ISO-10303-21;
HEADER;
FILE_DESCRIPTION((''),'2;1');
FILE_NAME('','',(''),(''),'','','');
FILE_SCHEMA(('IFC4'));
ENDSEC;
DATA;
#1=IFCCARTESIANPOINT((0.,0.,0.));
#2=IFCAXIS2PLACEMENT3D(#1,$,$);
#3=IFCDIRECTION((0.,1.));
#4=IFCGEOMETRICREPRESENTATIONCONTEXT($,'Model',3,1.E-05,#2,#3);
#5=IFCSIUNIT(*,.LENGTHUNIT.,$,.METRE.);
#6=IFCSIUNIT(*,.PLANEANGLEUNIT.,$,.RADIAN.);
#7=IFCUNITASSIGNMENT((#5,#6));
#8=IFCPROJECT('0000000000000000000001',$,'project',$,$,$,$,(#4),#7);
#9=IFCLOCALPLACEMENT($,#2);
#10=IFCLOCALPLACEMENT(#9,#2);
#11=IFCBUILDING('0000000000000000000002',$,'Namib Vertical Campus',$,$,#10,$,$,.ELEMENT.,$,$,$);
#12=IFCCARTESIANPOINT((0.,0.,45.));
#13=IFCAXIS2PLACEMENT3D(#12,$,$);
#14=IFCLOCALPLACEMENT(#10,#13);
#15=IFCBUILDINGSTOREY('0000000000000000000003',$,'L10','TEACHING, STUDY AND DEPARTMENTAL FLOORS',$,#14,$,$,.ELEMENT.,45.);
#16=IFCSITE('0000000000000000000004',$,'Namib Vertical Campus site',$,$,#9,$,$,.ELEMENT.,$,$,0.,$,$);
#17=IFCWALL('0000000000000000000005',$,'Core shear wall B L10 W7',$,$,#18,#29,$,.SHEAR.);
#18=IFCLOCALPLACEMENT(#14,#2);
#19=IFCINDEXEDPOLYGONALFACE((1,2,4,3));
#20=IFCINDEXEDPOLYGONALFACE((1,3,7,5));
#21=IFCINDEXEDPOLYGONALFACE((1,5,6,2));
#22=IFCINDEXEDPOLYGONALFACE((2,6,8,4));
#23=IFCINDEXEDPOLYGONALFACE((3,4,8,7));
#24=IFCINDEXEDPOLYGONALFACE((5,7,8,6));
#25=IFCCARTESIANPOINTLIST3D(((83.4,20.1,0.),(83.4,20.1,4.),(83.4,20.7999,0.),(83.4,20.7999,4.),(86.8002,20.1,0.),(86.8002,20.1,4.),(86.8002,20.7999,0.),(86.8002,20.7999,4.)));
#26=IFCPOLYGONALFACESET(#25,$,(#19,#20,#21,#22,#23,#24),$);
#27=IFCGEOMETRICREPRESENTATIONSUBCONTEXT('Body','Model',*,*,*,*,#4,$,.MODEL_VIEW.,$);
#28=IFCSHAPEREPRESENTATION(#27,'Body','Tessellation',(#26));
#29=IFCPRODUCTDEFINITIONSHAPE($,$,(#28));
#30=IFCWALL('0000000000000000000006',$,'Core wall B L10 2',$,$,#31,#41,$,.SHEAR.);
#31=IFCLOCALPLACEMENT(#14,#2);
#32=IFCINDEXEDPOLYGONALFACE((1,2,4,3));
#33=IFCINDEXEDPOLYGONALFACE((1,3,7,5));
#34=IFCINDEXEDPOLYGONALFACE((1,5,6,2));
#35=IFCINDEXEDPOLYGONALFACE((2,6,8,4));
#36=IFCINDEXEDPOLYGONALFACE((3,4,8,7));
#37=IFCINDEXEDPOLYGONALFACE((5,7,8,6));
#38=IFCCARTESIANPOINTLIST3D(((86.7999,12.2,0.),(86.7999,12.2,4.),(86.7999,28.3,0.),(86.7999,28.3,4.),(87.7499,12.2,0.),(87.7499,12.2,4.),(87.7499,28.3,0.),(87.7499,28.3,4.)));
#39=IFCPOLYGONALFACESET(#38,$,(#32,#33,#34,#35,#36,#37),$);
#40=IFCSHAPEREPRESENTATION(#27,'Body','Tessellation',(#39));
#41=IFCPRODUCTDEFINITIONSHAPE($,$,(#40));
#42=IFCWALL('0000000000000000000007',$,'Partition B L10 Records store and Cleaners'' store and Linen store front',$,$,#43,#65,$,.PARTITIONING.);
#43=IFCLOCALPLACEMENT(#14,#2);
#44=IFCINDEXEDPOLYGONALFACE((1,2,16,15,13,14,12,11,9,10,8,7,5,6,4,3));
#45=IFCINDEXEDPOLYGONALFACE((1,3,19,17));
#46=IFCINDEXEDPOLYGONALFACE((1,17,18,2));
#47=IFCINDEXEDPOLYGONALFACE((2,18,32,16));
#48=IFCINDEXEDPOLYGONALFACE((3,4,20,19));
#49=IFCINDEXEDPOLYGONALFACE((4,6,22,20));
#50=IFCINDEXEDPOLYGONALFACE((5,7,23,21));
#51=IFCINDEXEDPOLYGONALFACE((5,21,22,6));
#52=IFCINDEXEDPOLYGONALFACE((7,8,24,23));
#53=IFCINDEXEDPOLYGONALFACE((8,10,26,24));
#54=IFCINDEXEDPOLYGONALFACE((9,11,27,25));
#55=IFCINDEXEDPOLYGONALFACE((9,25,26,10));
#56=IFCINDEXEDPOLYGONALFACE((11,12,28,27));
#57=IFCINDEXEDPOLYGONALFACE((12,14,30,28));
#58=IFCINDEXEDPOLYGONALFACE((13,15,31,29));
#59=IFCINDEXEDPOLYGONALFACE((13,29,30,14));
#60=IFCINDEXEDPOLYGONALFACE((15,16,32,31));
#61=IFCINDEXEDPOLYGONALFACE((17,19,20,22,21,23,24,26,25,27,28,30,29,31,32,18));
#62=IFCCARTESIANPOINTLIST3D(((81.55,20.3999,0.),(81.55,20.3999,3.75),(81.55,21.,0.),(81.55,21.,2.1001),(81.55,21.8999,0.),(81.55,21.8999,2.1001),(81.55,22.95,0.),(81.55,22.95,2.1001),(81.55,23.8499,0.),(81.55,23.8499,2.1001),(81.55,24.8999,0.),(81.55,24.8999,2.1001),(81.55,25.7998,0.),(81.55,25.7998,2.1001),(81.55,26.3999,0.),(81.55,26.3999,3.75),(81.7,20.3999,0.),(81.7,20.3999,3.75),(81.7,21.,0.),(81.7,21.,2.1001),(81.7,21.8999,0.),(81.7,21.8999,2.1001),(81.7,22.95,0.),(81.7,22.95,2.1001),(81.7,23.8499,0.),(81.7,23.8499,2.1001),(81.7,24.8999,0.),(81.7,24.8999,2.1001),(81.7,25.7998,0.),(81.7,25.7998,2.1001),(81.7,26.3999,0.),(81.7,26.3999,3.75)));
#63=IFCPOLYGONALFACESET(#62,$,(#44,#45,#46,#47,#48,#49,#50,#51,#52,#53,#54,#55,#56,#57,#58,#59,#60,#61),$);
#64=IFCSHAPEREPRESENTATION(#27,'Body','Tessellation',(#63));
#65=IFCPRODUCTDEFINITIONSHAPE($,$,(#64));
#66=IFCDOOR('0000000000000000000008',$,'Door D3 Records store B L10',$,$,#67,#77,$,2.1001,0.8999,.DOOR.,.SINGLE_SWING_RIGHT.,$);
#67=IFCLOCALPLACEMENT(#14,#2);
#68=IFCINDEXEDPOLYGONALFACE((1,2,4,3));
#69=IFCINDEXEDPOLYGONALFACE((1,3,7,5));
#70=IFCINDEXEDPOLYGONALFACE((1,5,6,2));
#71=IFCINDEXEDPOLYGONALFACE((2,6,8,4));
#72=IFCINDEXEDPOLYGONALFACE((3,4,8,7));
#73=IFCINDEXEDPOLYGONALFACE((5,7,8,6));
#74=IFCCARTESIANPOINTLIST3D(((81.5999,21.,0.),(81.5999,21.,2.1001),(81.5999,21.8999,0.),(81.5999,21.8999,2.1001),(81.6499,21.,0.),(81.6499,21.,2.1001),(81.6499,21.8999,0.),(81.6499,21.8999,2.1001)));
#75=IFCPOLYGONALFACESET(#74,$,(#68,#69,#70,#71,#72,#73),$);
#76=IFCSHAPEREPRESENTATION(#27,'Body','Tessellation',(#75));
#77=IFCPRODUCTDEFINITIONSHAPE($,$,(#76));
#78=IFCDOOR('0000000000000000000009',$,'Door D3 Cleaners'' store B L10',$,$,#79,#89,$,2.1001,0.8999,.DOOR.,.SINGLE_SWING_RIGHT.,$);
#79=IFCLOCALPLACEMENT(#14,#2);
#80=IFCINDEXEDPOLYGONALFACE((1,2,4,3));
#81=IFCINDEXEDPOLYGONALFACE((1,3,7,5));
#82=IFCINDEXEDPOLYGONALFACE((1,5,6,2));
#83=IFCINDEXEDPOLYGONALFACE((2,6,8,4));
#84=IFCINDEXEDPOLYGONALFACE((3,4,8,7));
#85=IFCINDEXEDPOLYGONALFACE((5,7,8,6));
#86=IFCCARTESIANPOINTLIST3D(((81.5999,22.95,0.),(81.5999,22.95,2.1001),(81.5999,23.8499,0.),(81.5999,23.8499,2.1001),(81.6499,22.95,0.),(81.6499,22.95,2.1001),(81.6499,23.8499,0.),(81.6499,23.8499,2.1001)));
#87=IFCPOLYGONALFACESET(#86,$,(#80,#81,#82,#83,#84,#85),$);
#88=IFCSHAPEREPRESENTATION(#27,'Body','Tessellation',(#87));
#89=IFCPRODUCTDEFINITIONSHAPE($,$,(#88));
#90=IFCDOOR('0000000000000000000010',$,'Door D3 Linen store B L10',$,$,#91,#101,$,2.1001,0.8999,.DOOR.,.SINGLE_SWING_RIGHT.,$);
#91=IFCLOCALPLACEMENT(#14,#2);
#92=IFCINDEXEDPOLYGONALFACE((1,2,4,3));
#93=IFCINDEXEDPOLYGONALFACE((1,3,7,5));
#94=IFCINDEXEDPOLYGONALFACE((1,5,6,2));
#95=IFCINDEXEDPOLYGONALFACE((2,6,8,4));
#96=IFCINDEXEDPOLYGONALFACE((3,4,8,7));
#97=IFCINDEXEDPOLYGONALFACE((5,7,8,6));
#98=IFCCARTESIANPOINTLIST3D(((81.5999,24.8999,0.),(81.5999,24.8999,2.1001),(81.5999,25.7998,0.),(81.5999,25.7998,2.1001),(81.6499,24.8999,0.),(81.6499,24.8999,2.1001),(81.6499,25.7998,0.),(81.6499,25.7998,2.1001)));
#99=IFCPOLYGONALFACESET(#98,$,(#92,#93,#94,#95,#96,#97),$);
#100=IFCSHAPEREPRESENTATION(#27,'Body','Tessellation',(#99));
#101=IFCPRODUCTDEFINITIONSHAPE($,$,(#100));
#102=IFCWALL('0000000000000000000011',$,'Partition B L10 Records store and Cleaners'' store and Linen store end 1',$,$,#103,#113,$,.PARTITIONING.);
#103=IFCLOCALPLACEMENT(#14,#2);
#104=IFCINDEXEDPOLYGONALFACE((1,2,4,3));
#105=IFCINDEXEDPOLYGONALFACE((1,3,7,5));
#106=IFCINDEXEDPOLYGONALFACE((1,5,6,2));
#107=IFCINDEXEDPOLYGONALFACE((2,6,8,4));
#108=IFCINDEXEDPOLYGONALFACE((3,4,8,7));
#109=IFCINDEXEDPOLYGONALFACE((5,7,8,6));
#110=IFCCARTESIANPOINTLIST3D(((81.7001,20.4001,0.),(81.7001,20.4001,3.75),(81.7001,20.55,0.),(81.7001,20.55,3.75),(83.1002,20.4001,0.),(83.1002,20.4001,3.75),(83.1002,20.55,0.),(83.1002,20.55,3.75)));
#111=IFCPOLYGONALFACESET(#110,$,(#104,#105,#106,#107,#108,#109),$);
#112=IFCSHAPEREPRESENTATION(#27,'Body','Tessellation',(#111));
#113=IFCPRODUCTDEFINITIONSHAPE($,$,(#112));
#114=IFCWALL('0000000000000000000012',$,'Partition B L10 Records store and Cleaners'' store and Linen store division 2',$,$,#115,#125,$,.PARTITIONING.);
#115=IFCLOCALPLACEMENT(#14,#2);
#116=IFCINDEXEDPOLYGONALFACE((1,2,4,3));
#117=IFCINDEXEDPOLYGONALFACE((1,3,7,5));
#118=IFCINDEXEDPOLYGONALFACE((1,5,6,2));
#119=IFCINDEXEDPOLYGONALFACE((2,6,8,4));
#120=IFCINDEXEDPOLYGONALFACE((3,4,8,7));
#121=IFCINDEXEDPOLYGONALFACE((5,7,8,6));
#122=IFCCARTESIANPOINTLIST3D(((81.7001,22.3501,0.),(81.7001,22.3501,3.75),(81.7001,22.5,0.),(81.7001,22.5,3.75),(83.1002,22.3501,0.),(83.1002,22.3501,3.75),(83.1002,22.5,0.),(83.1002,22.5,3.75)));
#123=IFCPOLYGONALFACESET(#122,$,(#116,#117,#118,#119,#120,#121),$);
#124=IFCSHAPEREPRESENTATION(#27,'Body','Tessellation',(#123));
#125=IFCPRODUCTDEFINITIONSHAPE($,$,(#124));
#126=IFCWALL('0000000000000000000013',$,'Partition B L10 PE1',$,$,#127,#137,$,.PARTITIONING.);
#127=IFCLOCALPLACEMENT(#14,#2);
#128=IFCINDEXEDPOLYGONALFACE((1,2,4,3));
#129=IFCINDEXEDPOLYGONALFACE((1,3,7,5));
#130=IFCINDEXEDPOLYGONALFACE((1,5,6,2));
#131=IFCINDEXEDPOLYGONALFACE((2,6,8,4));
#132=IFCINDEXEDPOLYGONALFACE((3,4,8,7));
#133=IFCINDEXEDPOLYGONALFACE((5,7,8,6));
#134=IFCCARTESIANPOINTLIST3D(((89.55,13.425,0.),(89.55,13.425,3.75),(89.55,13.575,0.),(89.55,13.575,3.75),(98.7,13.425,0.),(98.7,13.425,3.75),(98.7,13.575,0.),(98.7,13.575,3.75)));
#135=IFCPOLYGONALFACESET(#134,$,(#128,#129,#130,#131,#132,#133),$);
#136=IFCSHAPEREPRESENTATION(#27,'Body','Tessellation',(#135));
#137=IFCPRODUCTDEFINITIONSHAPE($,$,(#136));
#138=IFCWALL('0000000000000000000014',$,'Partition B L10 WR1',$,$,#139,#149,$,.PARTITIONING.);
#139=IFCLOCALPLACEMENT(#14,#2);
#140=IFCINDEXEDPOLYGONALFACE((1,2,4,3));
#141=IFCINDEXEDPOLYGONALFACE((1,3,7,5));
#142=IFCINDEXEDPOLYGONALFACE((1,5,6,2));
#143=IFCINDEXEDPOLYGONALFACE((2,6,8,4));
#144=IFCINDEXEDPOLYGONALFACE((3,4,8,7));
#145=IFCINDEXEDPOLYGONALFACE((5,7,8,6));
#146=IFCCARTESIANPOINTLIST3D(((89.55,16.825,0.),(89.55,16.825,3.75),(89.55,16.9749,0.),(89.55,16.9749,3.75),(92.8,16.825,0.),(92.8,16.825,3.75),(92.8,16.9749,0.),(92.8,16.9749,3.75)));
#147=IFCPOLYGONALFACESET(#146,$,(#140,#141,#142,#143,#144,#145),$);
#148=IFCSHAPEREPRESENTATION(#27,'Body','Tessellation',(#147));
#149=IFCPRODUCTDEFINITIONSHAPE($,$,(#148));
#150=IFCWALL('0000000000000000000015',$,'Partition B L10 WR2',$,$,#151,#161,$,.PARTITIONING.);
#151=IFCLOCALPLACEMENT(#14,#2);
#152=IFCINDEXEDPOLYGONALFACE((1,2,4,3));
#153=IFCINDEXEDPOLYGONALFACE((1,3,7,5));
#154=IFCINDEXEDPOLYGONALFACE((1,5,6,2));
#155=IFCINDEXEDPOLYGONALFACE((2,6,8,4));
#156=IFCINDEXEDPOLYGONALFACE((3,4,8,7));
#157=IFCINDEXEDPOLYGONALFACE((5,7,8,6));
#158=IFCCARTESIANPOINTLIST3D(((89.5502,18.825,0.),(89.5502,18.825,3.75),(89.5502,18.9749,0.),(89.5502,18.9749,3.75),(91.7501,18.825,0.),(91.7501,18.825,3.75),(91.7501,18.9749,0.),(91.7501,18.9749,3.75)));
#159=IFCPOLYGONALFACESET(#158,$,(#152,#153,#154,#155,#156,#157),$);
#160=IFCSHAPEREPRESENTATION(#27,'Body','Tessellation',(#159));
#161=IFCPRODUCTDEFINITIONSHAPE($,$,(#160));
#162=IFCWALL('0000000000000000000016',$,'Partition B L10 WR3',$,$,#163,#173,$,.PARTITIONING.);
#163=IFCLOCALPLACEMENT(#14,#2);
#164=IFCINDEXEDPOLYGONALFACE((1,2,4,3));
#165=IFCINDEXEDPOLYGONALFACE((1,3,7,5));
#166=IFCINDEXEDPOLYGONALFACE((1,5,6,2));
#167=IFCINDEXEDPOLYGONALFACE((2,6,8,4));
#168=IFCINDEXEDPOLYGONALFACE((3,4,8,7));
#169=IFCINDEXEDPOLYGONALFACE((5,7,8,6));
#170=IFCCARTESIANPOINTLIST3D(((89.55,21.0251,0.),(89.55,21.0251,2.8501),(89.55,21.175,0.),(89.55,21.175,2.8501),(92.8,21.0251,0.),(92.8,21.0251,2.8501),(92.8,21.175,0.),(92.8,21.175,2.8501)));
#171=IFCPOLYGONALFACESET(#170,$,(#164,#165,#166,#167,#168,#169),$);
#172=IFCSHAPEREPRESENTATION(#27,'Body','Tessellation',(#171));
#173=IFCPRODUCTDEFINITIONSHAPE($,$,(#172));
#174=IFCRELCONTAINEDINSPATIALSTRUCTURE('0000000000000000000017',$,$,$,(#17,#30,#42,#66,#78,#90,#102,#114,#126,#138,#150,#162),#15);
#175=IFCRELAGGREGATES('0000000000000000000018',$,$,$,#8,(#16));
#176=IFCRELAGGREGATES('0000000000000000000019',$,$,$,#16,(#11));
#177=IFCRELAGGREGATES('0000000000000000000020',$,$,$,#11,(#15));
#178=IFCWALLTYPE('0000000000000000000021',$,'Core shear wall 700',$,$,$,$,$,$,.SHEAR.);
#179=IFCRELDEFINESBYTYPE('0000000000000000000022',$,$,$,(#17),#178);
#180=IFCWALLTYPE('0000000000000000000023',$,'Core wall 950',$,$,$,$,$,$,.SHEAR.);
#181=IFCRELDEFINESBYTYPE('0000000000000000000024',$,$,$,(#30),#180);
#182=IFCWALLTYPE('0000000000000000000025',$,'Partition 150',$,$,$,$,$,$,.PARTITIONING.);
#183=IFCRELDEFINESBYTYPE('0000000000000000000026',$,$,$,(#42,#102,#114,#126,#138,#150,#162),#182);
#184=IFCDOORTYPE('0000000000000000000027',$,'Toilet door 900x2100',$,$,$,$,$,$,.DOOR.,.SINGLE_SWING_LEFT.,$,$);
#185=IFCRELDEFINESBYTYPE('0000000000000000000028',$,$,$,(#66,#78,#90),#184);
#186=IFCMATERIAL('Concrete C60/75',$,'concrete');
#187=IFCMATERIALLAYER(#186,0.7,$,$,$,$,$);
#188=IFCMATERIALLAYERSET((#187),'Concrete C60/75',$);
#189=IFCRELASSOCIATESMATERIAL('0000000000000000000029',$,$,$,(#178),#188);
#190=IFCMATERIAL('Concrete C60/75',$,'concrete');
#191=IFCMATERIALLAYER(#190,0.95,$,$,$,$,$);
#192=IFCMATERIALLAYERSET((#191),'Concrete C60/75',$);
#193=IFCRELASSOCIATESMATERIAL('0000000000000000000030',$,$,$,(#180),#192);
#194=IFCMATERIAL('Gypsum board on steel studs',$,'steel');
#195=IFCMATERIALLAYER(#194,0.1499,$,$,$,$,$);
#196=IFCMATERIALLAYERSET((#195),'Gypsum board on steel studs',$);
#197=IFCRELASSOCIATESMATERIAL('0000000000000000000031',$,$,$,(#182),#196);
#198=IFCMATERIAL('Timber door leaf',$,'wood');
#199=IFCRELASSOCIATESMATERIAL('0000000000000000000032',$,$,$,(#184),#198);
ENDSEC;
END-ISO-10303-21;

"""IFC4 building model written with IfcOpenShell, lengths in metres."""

from ifc_helpers import new_model, si_unit, direction, frame, frame_2d, origin, place, context, subcontext, project, spatial, rectangle, extrude, material, layer, layer_set, type_object, element, fill, save


model = new_model("IFC4")

# Units and contexts
model_context = context("Model", 3, precision=1e-05, world=origin(), true_north=direction((0.0, 1.0)))
body_context = subcontext(model_context, "Body", "Model", "MODEL_VIEW")
ifc_project = project(units=[si_unit("LENGTHUNIT", "METRE"), si_unit("PLANEANGLEUNIT", "RADIAN")], contexts=[model_context])

# Site, building, storey
site_placement = place(None, origin())
site = spatial("IfcSite", under=ifc_project, at=site_placement, Name="Namib Vertical Campus site", CompositionType="ELEMENT", RefElevation=0.0)
building_placement = place(site_placement, origin())
building = spatial("IfcBuilding", under=site, at=building_placement, Name="Namib Vertical Campus", CompositionType="ELEMENT")
storey_placement = place(building_placement, frame((0.0, 0.0, 45.0)))
storey = spatial("IfcBuildingStorey", under=building, at=storey_placement, Name="L10", Description="TEACHING, STUDY AND DEPARTMENTAL FLOORS", CompositionType="ELEMENT", Elevation=45.0)

# Walls
ifc_material_1 = material(Name="Concrete C60/75", Category="concrete")
ifc_layer_1 = layer(ifc_material_1, 0.7)
ifc_layer_set_1 = layer_set([ifc_layer_1], Name="Concrete C60/75")
wall_type_1 = type_object("IfcWallType", Name="Core shear wall 700", PredefinedType="SHEAR", material=ifc_layer_set_1)
wall_1_placement = place(storey_placement, frame((83.3999, 20.45, 0.0), z_axis=(0.0, 0.0, 1.0), x_axis=(1.0, 0.0, 0.0)))
element("IfcWall", 1, at=wall_1_placement, inside=storey, type_object=wall_type_1, Name="Core shear wall B L10 W7", PredefinedType="SHEAR", context=body_context, shape_type="SweptSolid", body=[
    extrude(rectangle(XDim=3.4001, YDim=0.7, at=frame_2d((1.7002, 0.0))), origin(), (0.0, 0.0, 1.0), 4.0),
])
ifc_material_2 = material(Name="Concrete C60/75", Category="concrete")
ifc_layer_2 = layer(ifc_material_2, 0.95)
ifc_layer_set_2 = layer_set([ifc_layer_2], Name="Concrete C60/75")
wall_type_2 = type_object("IfcWallType", Name="Core wall 950", PredefinedType="SHEAR", material=ifc_layer_set_2)
wall_2_placement = place(storey_placement, frame((87.2749, 12.2, 0.0), z_axis=(0.0, 0.0, 1.0), x_axis=(0.0, 1.0, 0.0)))
element("IfcWall", 2, at=wall_2_placement, inside=storey, type_object=wall_type_2, Name="Core wall B L10 2", PredefinedType="SHEAR", context=body_context, shape_type="SweptSolid", body=[
    extrude(rectangle(XDim=16.1001, YDim=0.95, at=frame_2d((8.05, 0.0))), origin(), (0.0, 0.0, 1.0), 4.0),
])

# Wall, openings, doors
ifc_material_3 = material(Name="Gypsum board on steel studs", Category="steel")
ifc_layer_3 = layer(ifc_material_3, 0.1499)
ifc_layer_set_3 = layer_set([ifc_layer_3], Name="Gypsum board on steel studs")
wall_type_3 = type_object("IfcWallType", Name="Partition 150", PredefinedType="PARTITIONING", material=ifc_layer_set_3)
wall_3_placement = place(storey_placement, frame((81.625, 20.3999, 0.0), z_axis=(0.0, 0.0, 1.0), x_axis=(0.0, 1.0, 0.0)))
wall_3 = element("IfcWall", 3, at=wall_3_placement, inside=storey, type_object=wall_type_3, Name="Partition B L10 Records store and Cleaners' store and Linen store front", PredefinedType="PARTITIONING", context=body_context, shape_type="SweptSolid", body=[
    extrude(rectangle(XDim=6.0, YDim=0.1499, at=frame_2d((3.0, 0.0))), origin(), (0.0, 0.0, 1.0), 3.75),
])
opening_1_placement = place(wall_3_placement, frame((0.6001, 0.0, 0.0)))
opening_1 = element("IfcOpeningElement", 4, at=opening_1_placement, cuts=wall_3, PredefinedType="OPENING", context=body_context, shape_type="SweptSolid", body=[
    extrude(rectangle(XDim=0.8999, YDim=2.1001, at=frame_2d((0.45, 1.05))), frame((0.0, 0.085, 0.0), z_axis=(0.0, -1.0, 0.0), x_axis=(1.0, 0.0, 0.0)), (0.0, 0.0, 1.0), 0.1699),
])
opening_2_placement = place(wall_3_placement, frame((2.55, 0.0, 0.0)))
opening_2 = element("IfcOpeningElement", 5, at=opening_2_placement, cuts=wall_3, PredefinedType="OPENING", context=body_context, shape_type="SweptSolid", body=[
    extrude(rectangle(XDim=0.8999, YDim=2.1001, at=frame_2d((0.45, 1.05))), frame((0.0, 0.085, 0.0), z_axis=(0.0, -1.0, 0.0), x_axis=(1.0, 0.0, 0.0)), (0.0, 0.0, 1.0), 0.1699),
])
opening_3_placement = place(wall_3_placement, frame((4.5, 0.0, 0.0)))
opening_3 = element("IfcOpeningElement", 6, at=opening_3_placement, cuts=wall_3, PredefinedType="OPENING", context=body_context, shape_type="SweptSolid", body=[
    extrude(rectangle(XDim=0.8999, YDim=2.1001, at=frame_2d((0.45, 1.05))), frame((0.0, 0.085, 0.0), z_axis=(0.0, -1.0, 0.0), x_axis=(1.0, 0.0, 0.0)), (0.0, 0.0, 1.0), 0.1699),
])
ifc_material_4 = material(Name="Timber door leaf", Category="wood")
door_type_1 = type_object("IfcDoorType", Name="Toilet door 900x2100", OperationType="SINGLE_SWING_LEFT", PredefinedType="DOOR", material=ifc_material_4)
door_1_placement = place(opening_1_placement, frame((0.8999, 0.0, 0.0), z_axis=(0.0, 0.0, 1.0), x_axis=(-1.0, 0.0, 0.0)))
door_1 = element("IfcDoor", 7, at=door_1_placement, inside=storey, type_object=door_type_1, Name="Door D3 Records store B L10", OperationType="SINGLE_SWING_RIGHT", OverallHeight=2.1001, OverallWidth=0.8999, PredefinedType="DOOR", context=body_context, shape_type="SweptSolid", body=[
    extrude(rectangle(XDim=0.8999, YDim=2.1001, at=frame_2d((0.45, 1.05))), frame((0.0, 0.0249, 0.0), z_axis=(0.0, -1.0, 0.0), x_axis=(1.0, 0.0, 0.0)), (0.0, 0.0, 1.0), 0.05),
])
fill(opening_1, door_1)
door_2_placement = place(opening_2_placement, frame((0.8999, 0.0, 0.0), z_axis=(0.0, 0.0, 1.0), x_axis=(-1.0, 0.0, 0.0)))
door_2 = element("IfcDoor", 8, at=door_2_placement, inside=storey, type_object=door_type_1, Name="Door D3 Cleaners' store B L10", OperationType="SINGLE_SWING_RIGHT", OverallHeight=2.1001, OverallWidth=0.8999, PredefinedType="DOOR", context=body_context, shape_type="SweptSolid", body=[
    extrude(rectangle(XDim=0.8999, YDim=2.1001, at=frame_2d((0.45, 1.05))), frame((0.0, 0.0249, 0.0), z_axis=(0.0, -1.0, 0.0), x_axis=(1.0, 0.0, 0.0)), (0.0, 0.0, 1.0), 0.05),
])
fill(opening_2, door_2)
door_3_placement = place(opening_3_placement, frame((0.8999, 0.0, 0.0), z_axis=(0.0, 0.0, 1.0), x_axis=(-1.0, 0.0, 0.0)))
door_3 = element("IfcDoor", 9, at=door_3_placement, inside=storey, type_object=door_type_1, Name="Door D3 Linen store B L10", OperationType="SINGLE_SWING_RIGHT", OverallHeight=2.1001, OverallWidth=0.8999, PredefinedType="DOOR", context=body_context, shape_type="SweptSolid", body=[
    extrude(rectangle(XDim=0.8999, YDim=2.1001, at=frame_2d((0.45, 1.05))), frame((0.0, 0.0249, 0.0), z_axis=(0.0, -1.0, 0.0), x_axis=(1.0, 0.0, 0.0)), (0.0, 0.0, 1.0), 0.05),
])
fill(opening_3, door_3)

# Walls
for number, where, z_axis, x_axis, name in (
    (10, (81.7, 20.4751, 0.0), (0.0, 0.0, 1.0), (1.0, 0.0, 0.0), "Partition B L10 Records store and Cleaners' store and Linen store end 1"),
    (11, (81.7, 22.425, 0.0), (0.0, 0.0, 1.0), (1.0, 0.0, 0.0), "Partition B L10 Records store and Cleaners' store and Linen store division 2"),
):
    element("IfcWall", number, at=place(storey_placement, frame(where, z_axis=z_axis, x_axis=x_axis)), inside=storey, type_object=wall_type_3, Name=name, PredefinedType="PARTITIONING", context=body_context, shape_type="SweptSolid", body=[
        extrude(rectangle(XDim=1.4001, YDim=0.1499, at=frame_2d((0.7002, 0.0))), origin(), (0.0, 0.0, 1.0), 3.75),
    ])
wall_4_placement = place(storey_placement, frame((89.55, 13.5, 0.0), z_axis=(0.0, 0.0, 1.0), x_axis=(1.0, 0.0, 0.0)))
element("IfcWall", 12, at=wall_4_placement, inside=storey, type_object=wall_type_3, Name="Partition B L10 PE1", PredefinedType="PARTITIONING", context=body_context, shape_type="SweptSolid", body=[
    extrude(rectangle(XDim=9.1499, YDim=0.1499, at=frame_2d((4.575, 0.0))), origin(), (0.0, 0.0, 1.0), 3.75),
])
wall_5_placement = place(storey_placement, frame((89.55, 16.8999, 0.0), z_axis=(0.0, 0.0, 1.0), x_axis=(1.0, 0.0, 0.0)))
element("IfcWall", 13, at=wall_5_placement, inside=storey, type_object=wall_type_3, Name="Partition B L10 WR1", PredefinedType="PARTITIONING", context=body_context, shape_type="SweptSolid", body=[
    extrude(rectangle(XDim=3.25, YDim=0.1499, at=frame_2d((1.625, 0.0))), origin(), (0.0, 0.0, 1.0), 3.75),
])
wall_6_placement = place(storey_placement, frame((89.55, 18.8999, 0.0), z_axis=(0.0, 0.0, 1.0), x_axis=(1.0, 0.0, 0.0)))
element("IfcWall", 14, at=wall_6_placement, inside=storey, type_object=wall_type_3, Name="Partition B L10 WR2", PredefinedType="PARTITIONING", context=body_context, shape_type="SweptSolid", body=[
    extrude(rectangle(XDim=2.2, YDim=0.1499, at=frame_2d((1.1001, 0.0))), origin(), (0.0, 0.0, 1.0), 3.75),
])
wall_7_placement = place(storey_placement, frame((89.55, 21.1001, 0.0), z_axis=(0.0, 0.0, 1.0), x_axis=(1.0, 0.0, 0.0)))
element("IfcWall", 15, at=wall_7_placement, inside=storey, type_object=wall_type_3, Name="Partition B L10 WR3", PredefinedType="PARTITIONING", context=body_context, shape_type="SweptSolid", body=[
    extrude(rectangle(XDim=3.25, YDim=0.1499, at=frame_2d((1.625, 0.0))), origin(), (0.0, 0.0, 1.0), 2.8501),
])

save(model, "model.ifc")
